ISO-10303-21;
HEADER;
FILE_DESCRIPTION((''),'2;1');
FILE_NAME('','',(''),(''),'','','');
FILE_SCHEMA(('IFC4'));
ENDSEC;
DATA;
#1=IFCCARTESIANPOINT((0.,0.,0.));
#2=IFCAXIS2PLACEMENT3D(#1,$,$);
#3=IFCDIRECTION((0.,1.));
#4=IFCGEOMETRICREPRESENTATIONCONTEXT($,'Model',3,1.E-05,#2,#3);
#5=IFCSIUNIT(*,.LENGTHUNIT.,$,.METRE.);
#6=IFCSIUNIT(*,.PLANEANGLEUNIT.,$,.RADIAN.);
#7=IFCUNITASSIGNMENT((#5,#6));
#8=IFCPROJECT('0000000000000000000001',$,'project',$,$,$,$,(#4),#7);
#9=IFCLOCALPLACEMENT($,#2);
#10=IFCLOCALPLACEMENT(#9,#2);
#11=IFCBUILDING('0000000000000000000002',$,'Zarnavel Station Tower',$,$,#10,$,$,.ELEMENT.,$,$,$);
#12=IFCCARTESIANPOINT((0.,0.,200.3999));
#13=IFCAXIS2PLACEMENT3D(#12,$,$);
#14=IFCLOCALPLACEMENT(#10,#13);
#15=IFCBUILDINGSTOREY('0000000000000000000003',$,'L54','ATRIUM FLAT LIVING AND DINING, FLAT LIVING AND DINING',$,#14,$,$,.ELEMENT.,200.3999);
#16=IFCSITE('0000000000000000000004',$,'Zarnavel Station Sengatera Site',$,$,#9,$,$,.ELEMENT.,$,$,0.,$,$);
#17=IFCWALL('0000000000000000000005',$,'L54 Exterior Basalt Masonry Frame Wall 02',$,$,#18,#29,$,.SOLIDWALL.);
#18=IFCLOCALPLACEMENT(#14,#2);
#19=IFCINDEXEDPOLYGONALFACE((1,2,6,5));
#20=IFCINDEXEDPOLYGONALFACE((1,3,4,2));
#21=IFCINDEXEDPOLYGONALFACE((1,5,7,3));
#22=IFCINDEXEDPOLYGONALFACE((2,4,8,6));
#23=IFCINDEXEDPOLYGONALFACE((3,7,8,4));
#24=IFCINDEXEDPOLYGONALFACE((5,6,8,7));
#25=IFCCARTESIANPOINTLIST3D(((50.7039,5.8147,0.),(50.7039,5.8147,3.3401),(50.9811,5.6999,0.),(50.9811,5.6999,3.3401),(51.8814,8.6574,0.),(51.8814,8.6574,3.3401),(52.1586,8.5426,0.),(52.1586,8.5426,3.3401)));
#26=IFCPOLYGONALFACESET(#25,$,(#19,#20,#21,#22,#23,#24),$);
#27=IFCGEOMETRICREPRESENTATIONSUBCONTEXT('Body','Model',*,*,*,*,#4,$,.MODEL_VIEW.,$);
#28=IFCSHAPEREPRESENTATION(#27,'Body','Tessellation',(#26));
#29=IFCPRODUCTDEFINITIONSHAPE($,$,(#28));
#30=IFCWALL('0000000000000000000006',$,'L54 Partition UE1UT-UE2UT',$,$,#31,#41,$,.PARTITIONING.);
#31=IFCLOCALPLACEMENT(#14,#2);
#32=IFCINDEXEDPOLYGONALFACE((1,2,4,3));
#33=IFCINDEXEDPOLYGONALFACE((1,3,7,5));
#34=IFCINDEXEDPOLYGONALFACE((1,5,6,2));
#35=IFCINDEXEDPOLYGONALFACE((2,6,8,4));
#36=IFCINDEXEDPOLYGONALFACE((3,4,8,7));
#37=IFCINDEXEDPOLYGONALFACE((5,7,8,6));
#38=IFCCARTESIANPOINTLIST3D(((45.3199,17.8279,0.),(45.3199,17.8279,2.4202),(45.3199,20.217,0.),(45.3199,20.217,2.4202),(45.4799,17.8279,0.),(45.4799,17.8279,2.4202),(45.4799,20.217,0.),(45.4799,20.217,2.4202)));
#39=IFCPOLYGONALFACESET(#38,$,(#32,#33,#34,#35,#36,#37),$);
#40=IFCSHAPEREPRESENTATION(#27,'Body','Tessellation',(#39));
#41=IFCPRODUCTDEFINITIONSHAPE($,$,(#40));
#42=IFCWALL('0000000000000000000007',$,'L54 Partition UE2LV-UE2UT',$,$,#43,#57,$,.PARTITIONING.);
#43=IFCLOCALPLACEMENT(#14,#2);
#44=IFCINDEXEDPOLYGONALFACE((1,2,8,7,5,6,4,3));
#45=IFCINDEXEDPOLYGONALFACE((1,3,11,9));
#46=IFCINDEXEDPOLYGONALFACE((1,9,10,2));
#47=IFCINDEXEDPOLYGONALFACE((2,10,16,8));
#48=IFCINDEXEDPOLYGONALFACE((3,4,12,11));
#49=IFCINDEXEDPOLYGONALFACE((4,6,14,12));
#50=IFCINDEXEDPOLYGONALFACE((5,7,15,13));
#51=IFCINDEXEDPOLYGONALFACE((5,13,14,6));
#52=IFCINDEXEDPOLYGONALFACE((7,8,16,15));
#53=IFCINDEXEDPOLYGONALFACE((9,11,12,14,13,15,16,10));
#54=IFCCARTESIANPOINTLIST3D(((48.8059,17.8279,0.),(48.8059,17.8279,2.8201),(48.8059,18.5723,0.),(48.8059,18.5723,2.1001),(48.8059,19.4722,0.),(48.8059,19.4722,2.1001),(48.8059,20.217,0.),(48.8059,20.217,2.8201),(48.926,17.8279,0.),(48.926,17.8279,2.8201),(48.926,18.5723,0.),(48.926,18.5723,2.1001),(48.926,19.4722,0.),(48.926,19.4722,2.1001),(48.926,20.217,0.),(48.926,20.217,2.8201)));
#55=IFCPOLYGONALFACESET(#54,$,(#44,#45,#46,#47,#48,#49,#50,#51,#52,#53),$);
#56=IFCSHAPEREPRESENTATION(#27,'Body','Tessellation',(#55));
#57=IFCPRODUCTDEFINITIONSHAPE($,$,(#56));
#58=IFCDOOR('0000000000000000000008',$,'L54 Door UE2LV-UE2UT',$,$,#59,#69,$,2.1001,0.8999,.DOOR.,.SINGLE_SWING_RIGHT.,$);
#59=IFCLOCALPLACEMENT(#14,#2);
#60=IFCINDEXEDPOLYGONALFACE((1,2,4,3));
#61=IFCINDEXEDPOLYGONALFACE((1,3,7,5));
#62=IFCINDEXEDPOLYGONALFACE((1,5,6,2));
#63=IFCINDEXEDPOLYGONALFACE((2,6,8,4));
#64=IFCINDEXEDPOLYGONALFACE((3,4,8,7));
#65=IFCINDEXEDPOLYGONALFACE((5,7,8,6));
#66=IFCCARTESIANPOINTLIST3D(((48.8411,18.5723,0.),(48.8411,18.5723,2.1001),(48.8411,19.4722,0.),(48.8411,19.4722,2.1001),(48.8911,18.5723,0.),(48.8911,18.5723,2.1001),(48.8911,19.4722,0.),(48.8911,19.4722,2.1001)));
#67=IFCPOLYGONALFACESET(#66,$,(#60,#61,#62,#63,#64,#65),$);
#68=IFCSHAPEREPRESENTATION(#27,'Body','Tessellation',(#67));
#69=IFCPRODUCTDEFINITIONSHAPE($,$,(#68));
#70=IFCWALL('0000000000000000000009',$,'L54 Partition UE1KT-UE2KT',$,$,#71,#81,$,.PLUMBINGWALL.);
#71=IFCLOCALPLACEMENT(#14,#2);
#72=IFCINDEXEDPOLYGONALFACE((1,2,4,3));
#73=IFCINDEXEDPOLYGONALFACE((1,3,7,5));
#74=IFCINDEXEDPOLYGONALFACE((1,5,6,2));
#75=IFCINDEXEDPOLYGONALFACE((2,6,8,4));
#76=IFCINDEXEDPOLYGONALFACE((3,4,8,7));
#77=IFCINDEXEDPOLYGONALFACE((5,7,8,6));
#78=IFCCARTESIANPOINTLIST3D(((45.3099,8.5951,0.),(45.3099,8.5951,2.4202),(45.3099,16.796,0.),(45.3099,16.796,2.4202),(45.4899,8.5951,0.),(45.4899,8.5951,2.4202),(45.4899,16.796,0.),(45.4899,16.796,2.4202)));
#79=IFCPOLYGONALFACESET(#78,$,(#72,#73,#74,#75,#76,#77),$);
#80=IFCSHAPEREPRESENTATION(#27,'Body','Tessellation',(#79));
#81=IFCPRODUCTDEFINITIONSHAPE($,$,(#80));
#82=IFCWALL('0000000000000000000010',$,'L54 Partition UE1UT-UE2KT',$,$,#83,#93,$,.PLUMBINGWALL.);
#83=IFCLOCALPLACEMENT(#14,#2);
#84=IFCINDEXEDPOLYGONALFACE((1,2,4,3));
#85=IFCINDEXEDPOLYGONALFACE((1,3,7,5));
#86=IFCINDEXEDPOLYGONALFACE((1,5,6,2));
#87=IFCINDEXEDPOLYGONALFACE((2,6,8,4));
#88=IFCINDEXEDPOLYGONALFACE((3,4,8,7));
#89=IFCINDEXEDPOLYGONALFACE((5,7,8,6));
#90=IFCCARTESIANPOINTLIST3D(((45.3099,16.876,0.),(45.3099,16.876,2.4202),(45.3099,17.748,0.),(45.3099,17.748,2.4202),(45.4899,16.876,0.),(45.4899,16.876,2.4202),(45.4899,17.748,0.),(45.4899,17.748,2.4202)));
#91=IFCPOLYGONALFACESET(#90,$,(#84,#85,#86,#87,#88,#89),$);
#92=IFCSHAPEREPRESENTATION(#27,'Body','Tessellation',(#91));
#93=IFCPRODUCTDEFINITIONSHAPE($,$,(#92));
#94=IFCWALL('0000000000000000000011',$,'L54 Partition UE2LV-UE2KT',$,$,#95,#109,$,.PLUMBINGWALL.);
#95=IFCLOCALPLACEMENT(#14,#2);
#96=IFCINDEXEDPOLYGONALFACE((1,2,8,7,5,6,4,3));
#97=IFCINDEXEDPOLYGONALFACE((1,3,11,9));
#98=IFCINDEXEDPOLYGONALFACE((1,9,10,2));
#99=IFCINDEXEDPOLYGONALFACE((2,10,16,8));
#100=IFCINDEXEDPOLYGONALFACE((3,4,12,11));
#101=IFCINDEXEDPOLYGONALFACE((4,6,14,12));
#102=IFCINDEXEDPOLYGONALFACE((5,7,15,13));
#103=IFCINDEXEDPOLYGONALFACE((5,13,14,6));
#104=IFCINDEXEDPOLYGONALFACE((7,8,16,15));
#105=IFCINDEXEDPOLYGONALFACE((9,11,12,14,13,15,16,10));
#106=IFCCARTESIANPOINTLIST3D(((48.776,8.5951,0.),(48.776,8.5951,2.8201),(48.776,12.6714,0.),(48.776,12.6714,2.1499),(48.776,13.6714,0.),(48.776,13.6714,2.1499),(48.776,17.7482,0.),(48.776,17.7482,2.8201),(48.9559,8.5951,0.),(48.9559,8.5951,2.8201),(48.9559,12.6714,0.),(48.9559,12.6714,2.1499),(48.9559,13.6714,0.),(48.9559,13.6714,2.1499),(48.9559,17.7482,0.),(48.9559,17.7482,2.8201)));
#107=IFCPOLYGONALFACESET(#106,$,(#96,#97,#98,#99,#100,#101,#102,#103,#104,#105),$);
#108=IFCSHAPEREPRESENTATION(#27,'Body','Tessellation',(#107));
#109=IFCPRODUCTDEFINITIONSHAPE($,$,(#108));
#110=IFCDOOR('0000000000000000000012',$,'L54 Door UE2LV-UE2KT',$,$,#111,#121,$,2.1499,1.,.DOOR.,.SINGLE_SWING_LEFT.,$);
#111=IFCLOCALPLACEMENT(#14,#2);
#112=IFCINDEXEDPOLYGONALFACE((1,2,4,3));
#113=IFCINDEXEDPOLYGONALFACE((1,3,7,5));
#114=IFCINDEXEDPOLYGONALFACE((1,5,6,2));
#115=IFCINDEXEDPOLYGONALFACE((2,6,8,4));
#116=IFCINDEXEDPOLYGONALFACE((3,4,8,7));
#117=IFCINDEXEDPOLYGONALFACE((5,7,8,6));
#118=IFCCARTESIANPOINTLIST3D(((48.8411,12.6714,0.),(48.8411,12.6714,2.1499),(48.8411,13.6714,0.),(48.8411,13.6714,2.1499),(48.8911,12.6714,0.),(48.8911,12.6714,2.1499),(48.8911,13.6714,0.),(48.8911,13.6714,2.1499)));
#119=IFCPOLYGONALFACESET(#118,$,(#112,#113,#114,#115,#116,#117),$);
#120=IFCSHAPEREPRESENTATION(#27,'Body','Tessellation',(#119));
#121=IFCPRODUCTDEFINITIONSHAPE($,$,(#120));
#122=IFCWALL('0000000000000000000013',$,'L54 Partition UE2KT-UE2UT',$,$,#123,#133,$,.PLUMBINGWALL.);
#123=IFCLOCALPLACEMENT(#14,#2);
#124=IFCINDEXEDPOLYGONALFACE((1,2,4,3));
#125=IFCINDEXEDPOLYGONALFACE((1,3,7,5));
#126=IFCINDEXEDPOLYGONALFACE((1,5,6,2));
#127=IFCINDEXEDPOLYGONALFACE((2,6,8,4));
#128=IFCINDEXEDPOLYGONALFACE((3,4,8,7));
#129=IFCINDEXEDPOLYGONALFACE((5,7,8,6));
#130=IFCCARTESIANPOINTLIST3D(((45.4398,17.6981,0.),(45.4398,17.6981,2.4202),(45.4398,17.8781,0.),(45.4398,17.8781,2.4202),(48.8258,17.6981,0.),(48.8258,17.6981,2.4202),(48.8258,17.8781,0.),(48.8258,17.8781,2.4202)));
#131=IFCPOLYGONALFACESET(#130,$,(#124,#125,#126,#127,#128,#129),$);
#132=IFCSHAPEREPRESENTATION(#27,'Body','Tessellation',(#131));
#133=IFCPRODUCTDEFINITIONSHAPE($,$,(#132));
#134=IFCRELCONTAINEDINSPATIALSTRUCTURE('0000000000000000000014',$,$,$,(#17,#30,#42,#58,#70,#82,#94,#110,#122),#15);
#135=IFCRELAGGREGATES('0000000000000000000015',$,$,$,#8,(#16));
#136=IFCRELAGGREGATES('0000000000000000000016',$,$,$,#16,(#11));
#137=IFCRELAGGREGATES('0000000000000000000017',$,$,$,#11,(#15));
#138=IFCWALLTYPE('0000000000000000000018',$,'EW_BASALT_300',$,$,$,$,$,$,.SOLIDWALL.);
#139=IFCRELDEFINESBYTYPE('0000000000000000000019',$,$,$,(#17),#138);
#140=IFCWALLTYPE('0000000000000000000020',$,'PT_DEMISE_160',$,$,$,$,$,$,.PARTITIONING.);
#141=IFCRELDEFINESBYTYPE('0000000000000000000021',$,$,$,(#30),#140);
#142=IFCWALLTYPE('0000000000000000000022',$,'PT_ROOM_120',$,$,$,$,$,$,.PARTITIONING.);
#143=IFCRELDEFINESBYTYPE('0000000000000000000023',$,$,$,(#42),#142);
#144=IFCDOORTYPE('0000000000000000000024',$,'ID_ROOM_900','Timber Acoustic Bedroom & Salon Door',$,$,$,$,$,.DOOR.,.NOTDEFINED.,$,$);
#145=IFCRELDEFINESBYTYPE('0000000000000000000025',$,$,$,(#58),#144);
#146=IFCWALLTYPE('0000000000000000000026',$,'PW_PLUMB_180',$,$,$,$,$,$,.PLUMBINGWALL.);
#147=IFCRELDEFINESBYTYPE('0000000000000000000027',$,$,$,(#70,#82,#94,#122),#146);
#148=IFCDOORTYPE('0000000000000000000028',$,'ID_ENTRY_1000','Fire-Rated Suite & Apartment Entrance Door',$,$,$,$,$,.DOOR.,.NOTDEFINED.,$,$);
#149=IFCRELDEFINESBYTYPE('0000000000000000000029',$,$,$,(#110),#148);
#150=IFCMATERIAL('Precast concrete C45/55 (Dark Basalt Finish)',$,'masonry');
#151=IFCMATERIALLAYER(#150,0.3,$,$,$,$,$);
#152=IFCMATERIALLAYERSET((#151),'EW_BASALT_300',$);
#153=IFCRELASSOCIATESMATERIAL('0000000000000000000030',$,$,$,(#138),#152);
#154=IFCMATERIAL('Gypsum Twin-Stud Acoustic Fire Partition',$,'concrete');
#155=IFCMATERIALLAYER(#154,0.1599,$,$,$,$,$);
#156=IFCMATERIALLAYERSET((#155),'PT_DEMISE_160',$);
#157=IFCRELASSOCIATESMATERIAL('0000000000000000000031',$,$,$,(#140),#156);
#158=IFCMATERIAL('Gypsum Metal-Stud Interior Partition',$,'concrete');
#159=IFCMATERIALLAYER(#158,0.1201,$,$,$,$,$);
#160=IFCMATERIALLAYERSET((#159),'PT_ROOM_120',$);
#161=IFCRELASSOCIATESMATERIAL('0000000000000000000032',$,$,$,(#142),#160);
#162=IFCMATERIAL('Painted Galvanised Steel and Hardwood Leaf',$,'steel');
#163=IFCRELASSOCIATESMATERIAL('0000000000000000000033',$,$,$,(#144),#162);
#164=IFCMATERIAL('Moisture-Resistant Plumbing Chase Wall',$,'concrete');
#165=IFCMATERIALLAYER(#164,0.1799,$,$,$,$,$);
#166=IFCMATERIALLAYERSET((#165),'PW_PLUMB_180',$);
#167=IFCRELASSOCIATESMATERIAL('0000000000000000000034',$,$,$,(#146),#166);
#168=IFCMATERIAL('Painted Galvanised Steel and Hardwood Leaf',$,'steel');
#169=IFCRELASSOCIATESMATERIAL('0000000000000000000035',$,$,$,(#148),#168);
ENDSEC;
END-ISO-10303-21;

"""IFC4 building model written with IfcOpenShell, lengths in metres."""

from ifc_helpers import new_model, si_unit, direction, frame, frame_2d, origin, place, context, subcontext, project, spatial, rectangle, extrude, material, layer, layer_set, type_object, element, fill, save


model = new_model("IFC4")

# Units and contexts
model_context = context("Model", 3, precision=1e-05, world=origin(), true_north=direction((0.0, 1.0)))
body_context = subcontext(model_context, "Body", "Model", "MODEL_VIEW")
ifc_project = project(units=[si_unit("LENGTHUNIT", "METRE"), si_unit("PLANEANGLEUNIT", "RADIAN")], contexts=[model_context])

# Site, building, storey
site_placement = place(None, origin())
site = spatial("IfcSite", under=ifc_project, at=site_placement, Name="Zarnavel Station Sengatera Site", CompositionType="ELEMENT", RefElevation=0.0)
building_placement = place(site_placement, origin())
building = spatial("IfcBuilding", under=site, at=building_placement, Name="Zarnavel Station Tower", CompositionType="ELEMENT")
storey_placement = place(building_placement, frame((0.0, 0.0, 200.3999)))
storey = spatial("IfcBuildingStorey", under=building, at=storey_placement, Name="L54", Description="ATRIUM FLAT LIVING AND DINING, FLAT LIVING AND DINING", CompositionType="ELEMENT", Elevation=200.3999)

# Walls
ifc_material_1 = material(Name="Precast concrete C45/55 (Dark Basalt Finish)", Category="masonry")
ifc_layer_1 = layer(ifc_material_1, 0.3)
ifc_layer_set_1 = layer_set([ifc_layer_1], Name="EW_BASALT_300")
wall_type_1 = type_object("IfcWallType", Name="EW_BASALT_300", PredefinedType="SOLIDWALL", material=ifc_layer_set_1)
wall_1_placement = place(storey_placement, frame((52.02, 8.6001, 0.0), z_axis=(0.0, 0.0, 1.0), x_axis=(-0.382676, -0.923882, 0.0)))
element("IfcWall", 1, at=wall_1_placement, inside=storey, type_object=wall_type_1, Name="L54 Exterior Basalt Masonry Frame Wall 02", PredefinedType="SOLIDWALL", context=body_context, shape_type="SweptSolid", body=[
    extrude(rectangle(XDim=3.0769, YDim=0.3, at=frame_2d((1.5386, 0.0))), origin(), (0.0, 0.0, 1.0), 3.3401),
])
ifc_material_2 = material(Name="Gypsum Twin-Stud Acoustic Fire Partition", Category="concrete")
ifc_layer_2 = layer(ifc_material_2, 0.1599)
ifc_layer_set_2 = layer_set([ifc_layer_2], Name="PT_DEMISE_160")
wall_type_2 = type_object("IfcWallType", Name="PT_DEMISE_160", PredefinedType="PARTITIONING", material=ifc_layer_set_2)
wall_2_placement = place(storey_placement, frame((45.3999, 17.8279, 0.0), z_axis=(0.0, 0.0, 1.0), x_axis=(0.0, 1.0, 0.0)))
element("IfcWall", 2, at=wall_2_placement, inside=storey, type_object=wall_type_2, Name="L54 Partition UE1UT-UE2UT", PredefinedType="PARTITIONING", context=body_context, shape_type="SweptSolid", body=[
    extrude(rectangle(XDim=2.3892, YDim=0.1599, at=frame_2d((1.1946, 0.0))), origin(), (0.0, 0.0, 1.0), 2.4202),
])

# Wall, opening, door
ifc_material_3 = material(Name="Gypsum Metal-Stud Interior Partition", Category="concrete")
ifc_layer_3 = layer(ifc_material_3, 0.1201)
ifc_layer_set_3 = layer_set([ifc_layer_3], Name="PT_ROOM_120")
wall_type_3 = type_object("IfcWallType", Name="PT_ROOM_120", PredefinedType="PARTITIONING", material=ifc_layer_set_3)
wall_3_placement = place(storey_placement, frame((48.866, 17.8279, 0.0), z_axis=(0.0, 0.0, 1.0), x_axis=(0.0, 1.0, 0.0)))
wall_3 = element("IfcWall", 3, at=wall_3_placement, inside=storey, type_object=wall_type_3, Name="L54 Partition UE2LV-UE2UT", PredefinedType="PARTITIONING", context=body_context, shape_type="SweptSolid", body=[
    extrude(rectangle(XDim=2.3892, YDim=0.1201, at=frame_2d((1.1946, 0.0))), origin(), (0.0, 0.0, 1.0), 2.8201),
])
opening_1_placement = place(wall_3_placement, frame((0.7444, 0.0, 0.0)))
opening_1 = element("IfcOpeningElement", 4, at=opening_1_placement, cuts=wall_3, PredefinedType="OPENING", context=body_context, shape_type="SweptSolid", body=[
    extrude(rectangle(XDim=0.8999, YDim=2.1001, at=frame_2d((0.45, 1.05))), frame((0.0, 0.0701, 0.0), z_axis=(0.0, -1.0, 0.0), x_axis=(1.0, 0.0, 0.0)), (0.0, 0.0, 1.0), 0.1401),
])
ifc_material_4 = material(Name="Painted Galvanised Steel and Hardwood Leaf", Category="steel")
door_type_1 = type_object("IfcDoorType", Name="ID_ROOM_900", Description="Timber Acoustic Bedroom & Salon Door", OperationType="NOTDEFINED", PredefinedType="DOOR", material=ifc_material_4)
door_1_placement = place(opening_1_placement, origin())
door_1 = element("IfcDoor", 5, at=door_1_placement, inside=storey, type_object=door_type_1, Name="L54 Door UE2LV-UE2UT", OperationType="SINGLE_SWING_RIGHT", OverallHeight=2.1001, OverallWidth=0.8999, PredefinedType="DOOR", context=body_context, shape_type="SweptSolid", body=[
    extrude(rectangle(XDim=0.8999, YDim=2.1001, at=frame_2d((0.45, 1.05))), frame((0.0, 0.0249, 0.0), z_axis=(0.0, -1.0, 0.0), x_axis=(1.0, 0.0, 0.0)), (0.0, 0.0, 1.0), 0.05),
])
fill(opening_1, door_1)

# Walls
ifc_material_5 = material(Name="Moisture-Resistant Plumbing Chase Wall", Category="concrete")
ifc_layer_4 = layer(ifc_material_5, 0.1799)
ifc_layer_set_4 = layer_set([ifc_layer_4], Name="PW_PLUMB_180")
wall_type_4 = type_object("IfcWallType", Name="PW_PLUMB_180", PredefinedType="PLUMBINGWALL", material=ifc_layer_set_4)
wall_4_placement = place(storey_placement, frame((45.3999, 8.595, 0.0), z_axis=(0.0, 0.0, 1.0), x_axis=(0.0, 1.0, 0.0)))
element("IfcWall", 6, at=wall_4_placement, inside=storey, type_object=wall_type_4, Name="L54 Partition UE1KT-UE2KT", PredefinedType="PLUMBINGWALL", context=body_context, shape_type="SweptSolid", body=[
    extrude(rectangle(XDim=8.2009, YDim=0.1799, at=frame_2d((4.1006, 0.0))), origin(), (0.0, 0.0, 1.0), 2.4202),
])
wall_5_placement = place(storey_placement, frame((45.3999, 16.876, 0.0), z_axis=(0.0, 0.0, 1.0), x_axis=(0.0, 1.0, 0.0)))
element("IfcWall", 7, at=wall_5_placement, inside=storey, type_object=wall_type_4, Name="L54 Partition UE1UT-UE2KT", PredefinedType="PLUMBINGWALL", context=body_context, shape_type="SweptSolid", body=[
    extrude(rectangle(XDim=0.8721, YDim=0.1799, at=frame_2d((0.436, 0.0))), origin(), (0.0, 0.0, 1.0), 2.4202),
])

# Wall, opening, door
wall_6_placement = place(storey_placement, frame((48.866, 8.595, 0.0), z_axis=(0.0, 0.0, 1.0), x_axis=(0.0, 1.0, 0.0)))
wall_6 = element("IfcWall", 8, at=wall_6_placement, inside=storey, type_object=wall_type_4, Name="L54 Partition UE2LV-UE2KT", PredefinedType="PLUMBINGWALL", context=body_context, shape_type="SweptSolid", body=[
    extrude(rectangle(XDim=9.1531, YDim=0.1799, at=frame_2d((4.5767, 0.0))), origin(), (0.0, 0.0, 1.0), 2.8201),
])
opening_2_placement = place(wall_6_placement, frame((4.0764, 0.0, 0.0)))
opening_2 = element("IfcOpeningElement", 9, at=opening_2_placement, cuts=wall_6, PredefinedType="OPENING", context=body_context, shape_type="SweptSolid", body=[
    extrude(rectangle(XDim=1.0, YDim=2.1499, at=frame_2d((0.5, 1.075))), frame((0.0, 0.0999, 0.0), z_axis=(0.0, -1.0, 0.0), x_axis=(1.0, 0.0, 0.0)), (0.0, 0.0, 1.0), 0.2),
])
ifc_material_6 = material(Name="Painted Galvanised Steel and Hardwood Leaf", Category="steel")
door_type_2 = type_object("IfcDoorType", Name="ID_ENTRY_1000", Description="Fire-Rated Suite & Apartment Entrance Door", OperationType="NOTDEFINED", PredefinedType="DOOR", material=ifc_material_6)
door_2_placement = place(opening_2_placement, origin())
door_2 = element("IfcDoor", 10, at=door_2_placement, inside=storey, type_object=door_type_2, Name="L54 Door UE2LV-UE2KT", OperationType="SINGLE_SWING_LEFT", OverallHeight=2.1499, OverallWidth=1.0, PredefinedType="DOOR", context=body_context, shape_type="SweptSolid", body=[
    extrude(rectangle(XDim=1.0, YDim=2.1499, at=frame_2d((0.5, 1.075))), frame((0.0, 0.0249, 0.0), z_axis=(0.0, -1.0, 0.0), x_axis=(1.0, 0.0, 0.0)), (0.0, 0.0, 1.0), 0.05),
])
fill(opening_2, door_2)

# Wall
wall_7_placement = place(storey_placement, frame((45.4399, 17.7881, 0.0), z_axis=(0.0, 0.0, 1.0), x_axis=(1.0, 0.0, 0.0)))
element("IfcWall", 11, at=wall_7_placement, inside=storey, type_object=wall_type_4, Name="L54 Partition UE2KT-UE2UT", PredefinedType="PLUMBINGWALL", context=body_context, shape_type="SweptSolid", body=[
    extrude(rectangle(XDim=3.386, YDim=0.1799, at=frame_2d((1.6929, 0.0))), origin(), (0.0, 0.0, 1.0), 2.4202),
])

save(model, "model.ifc")
